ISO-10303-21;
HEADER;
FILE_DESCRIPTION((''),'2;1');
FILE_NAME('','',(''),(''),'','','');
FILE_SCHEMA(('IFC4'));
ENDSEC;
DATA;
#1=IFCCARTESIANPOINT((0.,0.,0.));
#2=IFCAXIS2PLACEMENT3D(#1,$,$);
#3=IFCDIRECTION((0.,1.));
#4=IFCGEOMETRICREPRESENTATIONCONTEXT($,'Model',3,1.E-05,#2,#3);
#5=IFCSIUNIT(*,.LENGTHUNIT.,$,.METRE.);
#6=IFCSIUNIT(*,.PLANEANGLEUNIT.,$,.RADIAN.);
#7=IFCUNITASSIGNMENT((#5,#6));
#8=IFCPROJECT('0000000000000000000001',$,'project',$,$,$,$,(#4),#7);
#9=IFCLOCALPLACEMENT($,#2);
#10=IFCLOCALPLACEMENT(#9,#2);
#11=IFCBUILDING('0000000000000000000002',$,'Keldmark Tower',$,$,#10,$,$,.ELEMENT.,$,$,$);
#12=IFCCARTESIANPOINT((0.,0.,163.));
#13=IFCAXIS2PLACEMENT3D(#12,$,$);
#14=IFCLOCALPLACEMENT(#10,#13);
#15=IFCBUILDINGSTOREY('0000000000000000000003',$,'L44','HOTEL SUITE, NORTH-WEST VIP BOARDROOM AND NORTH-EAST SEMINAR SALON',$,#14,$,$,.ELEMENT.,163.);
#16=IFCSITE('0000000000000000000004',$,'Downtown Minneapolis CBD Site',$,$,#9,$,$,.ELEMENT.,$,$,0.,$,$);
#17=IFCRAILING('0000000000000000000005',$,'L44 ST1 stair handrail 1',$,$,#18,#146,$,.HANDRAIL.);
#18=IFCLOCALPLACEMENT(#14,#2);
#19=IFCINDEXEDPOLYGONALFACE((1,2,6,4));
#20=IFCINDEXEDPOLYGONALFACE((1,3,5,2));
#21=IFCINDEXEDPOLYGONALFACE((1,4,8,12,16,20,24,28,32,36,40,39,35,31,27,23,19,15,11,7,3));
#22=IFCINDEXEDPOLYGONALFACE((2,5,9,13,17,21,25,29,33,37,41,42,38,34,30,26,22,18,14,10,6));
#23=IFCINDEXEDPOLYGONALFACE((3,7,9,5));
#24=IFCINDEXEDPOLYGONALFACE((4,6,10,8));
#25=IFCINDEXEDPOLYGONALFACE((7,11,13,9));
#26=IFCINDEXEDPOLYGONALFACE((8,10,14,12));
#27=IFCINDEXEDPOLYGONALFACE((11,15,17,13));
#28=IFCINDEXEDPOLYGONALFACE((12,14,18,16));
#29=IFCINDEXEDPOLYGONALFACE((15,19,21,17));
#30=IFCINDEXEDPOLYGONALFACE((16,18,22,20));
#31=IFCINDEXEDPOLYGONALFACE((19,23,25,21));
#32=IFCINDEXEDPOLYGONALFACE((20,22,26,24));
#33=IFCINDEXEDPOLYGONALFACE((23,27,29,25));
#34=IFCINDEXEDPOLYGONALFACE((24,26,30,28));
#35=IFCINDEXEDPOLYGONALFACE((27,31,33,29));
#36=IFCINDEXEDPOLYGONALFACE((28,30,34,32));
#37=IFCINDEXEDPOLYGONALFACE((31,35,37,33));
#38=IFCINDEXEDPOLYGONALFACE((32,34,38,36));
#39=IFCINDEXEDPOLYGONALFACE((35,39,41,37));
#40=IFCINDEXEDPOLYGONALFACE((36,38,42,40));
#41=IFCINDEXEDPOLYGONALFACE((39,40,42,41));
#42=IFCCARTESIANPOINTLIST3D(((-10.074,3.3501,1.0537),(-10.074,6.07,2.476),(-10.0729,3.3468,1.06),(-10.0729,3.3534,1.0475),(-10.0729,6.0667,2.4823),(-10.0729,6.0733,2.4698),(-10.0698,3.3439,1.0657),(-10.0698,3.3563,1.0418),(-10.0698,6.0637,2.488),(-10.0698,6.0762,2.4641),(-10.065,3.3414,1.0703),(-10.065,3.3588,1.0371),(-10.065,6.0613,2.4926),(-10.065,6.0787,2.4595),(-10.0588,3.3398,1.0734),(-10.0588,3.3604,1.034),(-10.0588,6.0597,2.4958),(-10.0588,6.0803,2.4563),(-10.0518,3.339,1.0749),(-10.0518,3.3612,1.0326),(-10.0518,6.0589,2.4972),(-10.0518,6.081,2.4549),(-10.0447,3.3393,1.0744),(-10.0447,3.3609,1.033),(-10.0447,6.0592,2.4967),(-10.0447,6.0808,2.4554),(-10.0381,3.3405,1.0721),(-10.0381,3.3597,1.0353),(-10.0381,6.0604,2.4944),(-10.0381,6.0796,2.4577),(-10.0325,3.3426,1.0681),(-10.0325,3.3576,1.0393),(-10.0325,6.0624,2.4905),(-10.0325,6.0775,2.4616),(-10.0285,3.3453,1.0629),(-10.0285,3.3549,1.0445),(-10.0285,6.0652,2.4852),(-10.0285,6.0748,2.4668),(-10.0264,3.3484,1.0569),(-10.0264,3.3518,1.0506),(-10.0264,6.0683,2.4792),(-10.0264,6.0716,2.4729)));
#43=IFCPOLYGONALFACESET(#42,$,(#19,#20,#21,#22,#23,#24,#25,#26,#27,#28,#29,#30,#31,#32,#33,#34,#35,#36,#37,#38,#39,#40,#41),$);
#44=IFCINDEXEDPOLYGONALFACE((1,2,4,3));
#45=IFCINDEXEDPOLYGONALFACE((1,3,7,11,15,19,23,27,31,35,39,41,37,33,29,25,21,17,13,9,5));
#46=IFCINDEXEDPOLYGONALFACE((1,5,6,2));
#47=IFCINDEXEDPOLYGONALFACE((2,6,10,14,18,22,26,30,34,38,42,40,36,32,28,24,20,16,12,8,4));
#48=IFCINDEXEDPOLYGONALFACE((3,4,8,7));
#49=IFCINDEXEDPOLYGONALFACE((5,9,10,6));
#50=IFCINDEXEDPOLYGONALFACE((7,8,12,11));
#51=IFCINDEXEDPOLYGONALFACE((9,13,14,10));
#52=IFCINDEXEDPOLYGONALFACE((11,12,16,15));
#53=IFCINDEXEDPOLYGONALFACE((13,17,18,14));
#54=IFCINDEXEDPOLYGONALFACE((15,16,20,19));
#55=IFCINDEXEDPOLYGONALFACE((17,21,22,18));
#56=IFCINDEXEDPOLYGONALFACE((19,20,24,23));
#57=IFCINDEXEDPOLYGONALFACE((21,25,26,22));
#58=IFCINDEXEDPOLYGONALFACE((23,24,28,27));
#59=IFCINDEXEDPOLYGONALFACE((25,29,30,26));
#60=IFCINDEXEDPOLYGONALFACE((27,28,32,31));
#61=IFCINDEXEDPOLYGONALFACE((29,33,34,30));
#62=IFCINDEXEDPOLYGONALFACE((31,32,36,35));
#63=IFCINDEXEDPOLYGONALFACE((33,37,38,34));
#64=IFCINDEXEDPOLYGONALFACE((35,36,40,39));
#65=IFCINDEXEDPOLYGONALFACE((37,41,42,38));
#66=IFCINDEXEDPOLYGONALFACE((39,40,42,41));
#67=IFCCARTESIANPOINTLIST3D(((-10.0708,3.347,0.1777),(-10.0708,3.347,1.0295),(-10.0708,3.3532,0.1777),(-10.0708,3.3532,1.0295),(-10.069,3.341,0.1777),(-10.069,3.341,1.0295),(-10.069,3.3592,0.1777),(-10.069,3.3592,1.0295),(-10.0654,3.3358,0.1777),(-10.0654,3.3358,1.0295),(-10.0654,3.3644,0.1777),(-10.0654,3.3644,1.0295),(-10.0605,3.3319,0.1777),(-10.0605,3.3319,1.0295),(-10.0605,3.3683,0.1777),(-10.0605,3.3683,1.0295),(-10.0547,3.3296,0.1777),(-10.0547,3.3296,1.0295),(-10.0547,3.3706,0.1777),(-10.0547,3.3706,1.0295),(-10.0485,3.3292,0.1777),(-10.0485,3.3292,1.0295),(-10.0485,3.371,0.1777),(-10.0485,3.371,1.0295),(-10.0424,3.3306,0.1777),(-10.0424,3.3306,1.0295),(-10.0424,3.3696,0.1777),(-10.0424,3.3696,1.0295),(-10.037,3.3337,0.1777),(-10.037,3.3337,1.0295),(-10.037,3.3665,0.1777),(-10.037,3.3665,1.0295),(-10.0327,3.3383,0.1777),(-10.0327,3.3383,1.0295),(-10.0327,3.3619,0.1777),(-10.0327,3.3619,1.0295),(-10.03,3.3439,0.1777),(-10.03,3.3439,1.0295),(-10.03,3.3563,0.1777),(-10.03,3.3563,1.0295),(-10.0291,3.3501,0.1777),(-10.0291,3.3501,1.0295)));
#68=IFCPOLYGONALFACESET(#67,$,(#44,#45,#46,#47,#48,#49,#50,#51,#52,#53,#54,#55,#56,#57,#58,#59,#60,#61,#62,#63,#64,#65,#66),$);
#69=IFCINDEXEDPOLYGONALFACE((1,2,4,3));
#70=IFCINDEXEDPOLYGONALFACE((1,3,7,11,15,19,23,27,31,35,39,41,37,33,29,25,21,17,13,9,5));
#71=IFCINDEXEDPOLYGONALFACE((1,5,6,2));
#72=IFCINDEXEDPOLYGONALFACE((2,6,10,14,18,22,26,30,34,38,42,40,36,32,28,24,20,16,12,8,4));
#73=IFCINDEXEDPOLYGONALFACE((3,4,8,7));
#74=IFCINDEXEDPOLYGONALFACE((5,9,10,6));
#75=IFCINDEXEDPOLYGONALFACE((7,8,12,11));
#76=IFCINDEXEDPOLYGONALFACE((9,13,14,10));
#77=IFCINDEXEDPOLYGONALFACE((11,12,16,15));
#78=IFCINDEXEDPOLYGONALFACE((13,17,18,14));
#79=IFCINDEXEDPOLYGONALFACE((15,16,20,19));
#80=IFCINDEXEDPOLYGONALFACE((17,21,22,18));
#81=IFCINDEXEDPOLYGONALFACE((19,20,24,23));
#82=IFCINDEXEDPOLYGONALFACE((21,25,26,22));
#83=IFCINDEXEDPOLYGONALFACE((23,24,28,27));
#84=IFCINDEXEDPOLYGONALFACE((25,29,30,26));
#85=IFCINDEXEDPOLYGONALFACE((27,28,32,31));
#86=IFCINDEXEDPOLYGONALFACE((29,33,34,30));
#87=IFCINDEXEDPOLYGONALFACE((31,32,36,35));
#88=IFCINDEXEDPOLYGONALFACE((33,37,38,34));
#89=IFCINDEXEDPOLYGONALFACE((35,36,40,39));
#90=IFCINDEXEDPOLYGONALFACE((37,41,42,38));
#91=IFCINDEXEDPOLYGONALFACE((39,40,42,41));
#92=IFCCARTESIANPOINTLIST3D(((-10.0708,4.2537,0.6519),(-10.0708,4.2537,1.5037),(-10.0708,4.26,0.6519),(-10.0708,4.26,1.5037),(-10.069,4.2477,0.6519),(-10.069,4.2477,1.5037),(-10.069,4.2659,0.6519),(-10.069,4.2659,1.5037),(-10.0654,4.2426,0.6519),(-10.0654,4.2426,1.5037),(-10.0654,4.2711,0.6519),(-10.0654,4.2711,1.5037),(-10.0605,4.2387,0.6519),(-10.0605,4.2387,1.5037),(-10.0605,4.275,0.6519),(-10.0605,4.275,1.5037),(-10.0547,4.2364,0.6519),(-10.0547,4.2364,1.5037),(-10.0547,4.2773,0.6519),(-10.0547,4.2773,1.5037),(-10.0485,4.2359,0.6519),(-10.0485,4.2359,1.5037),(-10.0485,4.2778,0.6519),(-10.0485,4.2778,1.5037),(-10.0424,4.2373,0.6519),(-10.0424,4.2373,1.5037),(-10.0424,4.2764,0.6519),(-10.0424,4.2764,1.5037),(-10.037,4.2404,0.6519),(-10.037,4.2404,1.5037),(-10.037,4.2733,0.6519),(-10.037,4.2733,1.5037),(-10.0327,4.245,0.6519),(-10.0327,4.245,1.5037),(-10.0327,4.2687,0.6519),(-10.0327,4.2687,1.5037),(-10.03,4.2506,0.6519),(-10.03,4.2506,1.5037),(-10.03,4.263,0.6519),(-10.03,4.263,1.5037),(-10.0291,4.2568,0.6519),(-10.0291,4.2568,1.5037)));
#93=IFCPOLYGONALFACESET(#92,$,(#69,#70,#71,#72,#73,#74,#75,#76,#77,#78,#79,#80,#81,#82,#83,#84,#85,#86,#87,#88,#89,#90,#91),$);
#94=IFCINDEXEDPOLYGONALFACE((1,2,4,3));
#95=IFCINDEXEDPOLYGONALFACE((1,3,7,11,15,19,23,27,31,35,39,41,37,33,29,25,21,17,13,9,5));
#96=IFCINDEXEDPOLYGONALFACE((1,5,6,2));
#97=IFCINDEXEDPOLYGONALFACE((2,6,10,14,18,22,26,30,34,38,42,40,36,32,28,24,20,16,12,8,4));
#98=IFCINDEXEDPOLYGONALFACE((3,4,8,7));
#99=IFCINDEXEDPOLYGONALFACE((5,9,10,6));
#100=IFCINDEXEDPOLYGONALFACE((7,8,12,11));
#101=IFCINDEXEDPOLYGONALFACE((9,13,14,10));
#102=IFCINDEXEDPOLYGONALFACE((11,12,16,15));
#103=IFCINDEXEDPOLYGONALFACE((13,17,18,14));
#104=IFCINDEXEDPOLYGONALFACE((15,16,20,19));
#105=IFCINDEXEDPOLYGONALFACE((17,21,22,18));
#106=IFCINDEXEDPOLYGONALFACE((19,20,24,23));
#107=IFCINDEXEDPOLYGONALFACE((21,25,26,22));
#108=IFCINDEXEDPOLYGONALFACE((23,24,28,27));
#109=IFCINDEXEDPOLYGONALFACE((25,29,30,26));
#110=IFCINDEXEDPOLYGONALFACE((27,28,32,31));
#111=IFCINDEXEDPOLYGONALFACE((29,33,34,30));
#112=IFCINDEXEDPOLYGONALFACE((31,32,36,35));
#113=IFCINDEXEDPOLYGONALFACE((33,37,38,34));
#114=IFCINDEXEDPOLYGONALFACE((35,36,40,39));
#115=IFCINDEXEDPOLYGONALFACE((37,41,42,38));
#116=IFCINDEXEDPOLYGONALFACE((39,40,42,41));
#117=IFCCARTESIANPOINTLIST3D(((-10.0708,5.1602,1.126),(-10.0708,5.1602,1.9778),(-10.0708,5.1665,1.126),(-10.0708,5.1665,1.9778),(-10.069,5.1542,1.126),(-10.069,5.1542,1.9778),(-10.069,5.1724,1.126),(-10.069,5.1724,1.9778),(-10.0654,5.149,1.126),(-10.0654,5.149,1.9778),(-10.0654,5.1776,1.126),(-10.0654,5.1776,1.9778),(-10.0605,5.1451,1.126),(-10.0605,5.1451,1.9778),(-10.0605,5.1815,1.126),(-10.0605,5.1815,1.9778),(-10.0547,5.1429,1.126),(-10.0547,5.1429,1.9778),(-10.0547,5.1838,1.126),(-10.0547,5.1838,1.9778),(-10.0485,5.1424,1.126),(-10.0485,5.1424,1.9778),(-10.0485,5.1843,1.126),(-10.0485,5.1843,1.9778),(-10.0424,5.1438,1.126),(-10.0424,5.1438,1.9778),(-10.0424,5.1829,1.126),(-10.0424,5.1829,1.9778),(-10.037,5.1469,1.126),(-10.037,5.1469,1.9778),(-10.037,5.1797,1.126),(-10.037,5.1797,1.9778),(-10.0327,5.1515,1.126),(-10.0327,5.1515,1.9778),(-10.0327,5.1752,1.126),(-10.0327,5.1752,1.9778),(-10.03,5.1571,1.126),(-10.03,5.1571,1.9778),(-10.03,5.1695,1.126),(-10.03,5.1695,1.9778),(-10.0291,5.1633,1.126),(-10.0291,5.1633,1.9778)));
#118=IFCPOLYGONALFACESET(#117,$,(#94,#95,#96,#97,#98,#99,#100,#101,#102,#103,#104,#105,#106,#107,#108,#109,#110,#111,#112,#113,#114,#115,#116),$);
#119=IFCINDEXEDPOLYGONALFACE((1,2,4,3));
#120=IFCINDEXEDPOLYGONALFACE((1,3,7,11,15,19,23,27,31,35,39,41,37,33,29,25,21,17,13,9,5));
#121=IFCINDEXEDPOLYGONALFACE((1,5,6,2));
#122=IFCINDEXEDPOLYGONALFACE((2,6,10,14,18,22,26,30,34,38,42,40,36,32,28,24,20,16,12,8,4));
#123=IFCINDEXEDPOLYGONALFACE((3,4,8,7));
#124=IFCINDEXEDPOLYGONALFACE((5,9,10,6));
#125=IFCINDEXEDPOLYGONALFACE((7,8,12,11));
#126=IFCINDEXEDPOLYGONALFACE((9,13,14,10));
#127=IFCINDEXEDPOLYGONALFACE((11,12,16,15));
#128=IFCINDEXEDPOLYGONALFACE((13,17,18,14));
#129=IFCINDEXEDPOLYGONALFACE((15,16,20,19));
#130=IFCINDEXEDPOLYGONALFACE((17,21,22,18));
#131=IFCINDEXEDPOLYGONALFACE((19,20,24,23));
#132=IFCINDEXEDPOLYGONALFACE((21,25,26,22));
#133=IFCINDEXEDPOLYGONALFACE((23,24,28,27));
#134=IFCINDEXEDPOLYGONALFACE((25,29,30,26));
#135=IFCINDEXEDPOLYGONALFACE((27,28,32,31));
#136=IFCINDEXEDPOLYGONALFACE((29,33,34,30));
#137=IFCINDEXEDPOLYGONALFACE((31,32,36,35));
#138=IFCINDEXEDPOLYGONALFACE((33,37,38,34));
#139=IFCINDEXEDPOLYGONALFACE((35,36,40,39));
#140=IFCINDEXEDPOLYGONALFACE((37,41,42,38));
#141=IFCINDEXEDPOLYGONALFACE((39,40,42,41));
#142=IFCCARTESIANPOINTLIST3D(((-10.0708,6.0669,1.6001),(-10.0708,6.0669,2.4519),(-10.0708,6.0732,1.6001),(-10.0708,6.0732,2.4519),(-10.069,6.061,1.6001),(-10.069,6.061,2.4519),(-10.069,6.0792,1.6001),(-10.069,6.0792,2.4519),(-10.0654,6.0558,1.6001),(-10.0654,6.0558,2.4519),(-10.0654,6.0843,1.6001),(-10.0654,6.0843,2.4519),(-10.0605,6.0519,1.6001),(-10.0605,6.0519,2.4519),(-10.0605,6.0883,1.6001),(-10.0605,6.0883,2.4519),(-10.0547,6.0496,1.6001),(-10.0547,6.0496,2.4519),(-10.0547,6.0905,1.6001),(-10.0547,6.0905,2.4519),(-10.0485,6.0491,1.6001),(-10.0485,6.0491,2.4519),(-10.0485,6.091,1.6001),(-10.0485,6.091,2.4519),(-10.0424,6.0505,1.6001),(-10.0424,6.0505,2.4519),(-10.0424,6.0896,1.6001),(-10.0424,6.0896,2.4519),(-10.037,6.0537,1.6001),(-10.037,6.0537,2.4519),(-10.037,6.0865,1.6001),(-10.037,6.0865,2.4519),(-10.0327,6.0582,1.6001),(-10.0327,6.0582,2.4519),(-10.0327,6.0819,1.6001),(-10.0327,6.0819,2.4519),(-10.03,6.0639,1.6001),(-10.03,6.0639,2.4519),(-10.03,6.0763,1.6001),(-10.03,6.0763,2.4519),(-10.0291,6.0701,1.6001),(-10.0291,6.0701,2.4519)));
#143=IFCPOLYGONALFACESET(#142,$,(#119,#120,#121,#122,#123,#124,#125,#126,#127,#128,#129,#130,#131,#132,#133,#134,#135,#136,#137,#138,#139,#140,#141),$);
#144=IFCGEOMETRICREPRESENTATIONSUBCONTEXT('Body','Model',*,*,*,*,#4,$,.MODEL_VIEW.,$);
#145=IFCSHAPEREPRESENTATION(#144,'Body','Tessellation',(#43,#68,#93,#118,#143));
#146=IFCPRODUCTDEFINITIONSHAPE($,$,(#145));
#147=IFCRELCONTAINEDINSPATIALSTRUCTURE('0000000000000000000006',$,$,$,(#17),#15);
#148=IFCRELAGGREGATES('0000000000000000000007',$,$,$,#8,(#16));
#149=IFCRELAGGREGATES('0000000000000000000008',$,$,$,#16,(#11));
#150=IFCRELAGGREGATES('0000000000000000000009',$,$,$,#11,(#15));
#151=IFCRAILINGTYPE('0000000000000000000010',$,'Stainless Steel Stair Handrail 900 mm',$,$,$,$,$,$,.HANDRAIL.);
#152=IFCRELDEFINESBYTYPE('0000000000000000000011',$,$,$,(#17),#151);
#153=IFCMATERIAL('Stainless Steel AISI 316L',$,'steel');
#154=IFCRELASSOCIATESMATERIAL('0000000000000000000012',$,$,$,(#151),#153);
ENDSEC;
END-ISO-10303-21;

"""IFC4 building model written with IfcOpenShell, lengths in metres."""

from ifc_helpers import new_model, si_unit, direction, frame, origin, origin_2d, place, context, subcontext, project, spatial, circle, extrude, material, type_object, element, save


model = new_model("IFC4")

# Units and contexts
model_context = context("Model", 3, precision=1e-05, world=origin(), true_north=direction((0.0, 1.0)))
body_context = subcontext(model_context, "Body", "Model", "MODEL_VIEW")
ifc_project = project(units=[si_unit("LENGTHUNIT", "METRE"), si_unit("PLANEANGLEUNIT", "RADIAN")], contexts=[model_context])

# Site, building, storey
site_placement = place(None, origin())
site = spatial("IfcSite", under=ifc_project, at=site_placement, Name="Downtown Minneapolis CBD Site", CompositionType="ELEMENT", RefElevation=0.0)
building_placement = place(site_placement, origin())
building = spatial("IfcBuilding", under=site, at=building_placement, Name="Keldmark Tower", CompositionType="ELEMENT")
storey_placement = place(building_placement, frame((0.0, 0.0, 163.0)))
storey = spatial("IfcBuildingStorey", under=building, at=storey_placement, Name="L44", Description="HOTEL SUITE, NORTH-WEST VIP BOARDROOM AND NORTH-EAST SEMINAR SALON", CompositionType="ELEMENT", Elevation=163.0)

# Railing
ifc_material_1 = material(Name="Stainless Steel AISI 316L", Category="steel")
railing_type_1 = type_object("IfcRailingType", Name="Stainless Steel Stair Handrail 900 mm", PredefinedType="HANDRAIL", material=ifc_material_1)
railing_1_placement = place(storey_placement, frame((-10.05, 3.3501, 0.1777)))
element("IfcRailing", 1, at=railing_1_placement, inside=storey, type_object=railing_type_1, Name="L44 ST1 stair handrail 1", PredefinedType="HANDRAIL", context=body_context, shape_type="SweptSolid", body=[
    extrude(circle(Radius=0.0239, at=origin_2d()), frame((0.0, 0.0, 0.876), z_axis=(0.0, 0.88615, 0.463398), x_axis=(-1.0, 0.0, 0.0)), (0.0, 0.0, 1.0), 3.0693),
    extrude(circle(Radius=0.021, at=origin_2d()), origin(), (0.0, 0.0, 1.0), 0.8518),
    extrude(circle(Radius=0.021, at=origin_2d()), frame((0.0, 0.9067, 0.4741)), (0.0, 0.0, 1.0), 0.8518),
    extrude(circle(Radius=0.021, at=origin_2d()), frame((0.0, 1.8132, 0.9482)), (0.0, 0.0, 1.0), 0.8518),
    extrude(circle(Radius=0.021, at=origin_2d()), frame((0.0, 2.72, 1.4224)), (0.0, 0.0, 1.0), 0.8518),
])

save(model, "model.ifc")
